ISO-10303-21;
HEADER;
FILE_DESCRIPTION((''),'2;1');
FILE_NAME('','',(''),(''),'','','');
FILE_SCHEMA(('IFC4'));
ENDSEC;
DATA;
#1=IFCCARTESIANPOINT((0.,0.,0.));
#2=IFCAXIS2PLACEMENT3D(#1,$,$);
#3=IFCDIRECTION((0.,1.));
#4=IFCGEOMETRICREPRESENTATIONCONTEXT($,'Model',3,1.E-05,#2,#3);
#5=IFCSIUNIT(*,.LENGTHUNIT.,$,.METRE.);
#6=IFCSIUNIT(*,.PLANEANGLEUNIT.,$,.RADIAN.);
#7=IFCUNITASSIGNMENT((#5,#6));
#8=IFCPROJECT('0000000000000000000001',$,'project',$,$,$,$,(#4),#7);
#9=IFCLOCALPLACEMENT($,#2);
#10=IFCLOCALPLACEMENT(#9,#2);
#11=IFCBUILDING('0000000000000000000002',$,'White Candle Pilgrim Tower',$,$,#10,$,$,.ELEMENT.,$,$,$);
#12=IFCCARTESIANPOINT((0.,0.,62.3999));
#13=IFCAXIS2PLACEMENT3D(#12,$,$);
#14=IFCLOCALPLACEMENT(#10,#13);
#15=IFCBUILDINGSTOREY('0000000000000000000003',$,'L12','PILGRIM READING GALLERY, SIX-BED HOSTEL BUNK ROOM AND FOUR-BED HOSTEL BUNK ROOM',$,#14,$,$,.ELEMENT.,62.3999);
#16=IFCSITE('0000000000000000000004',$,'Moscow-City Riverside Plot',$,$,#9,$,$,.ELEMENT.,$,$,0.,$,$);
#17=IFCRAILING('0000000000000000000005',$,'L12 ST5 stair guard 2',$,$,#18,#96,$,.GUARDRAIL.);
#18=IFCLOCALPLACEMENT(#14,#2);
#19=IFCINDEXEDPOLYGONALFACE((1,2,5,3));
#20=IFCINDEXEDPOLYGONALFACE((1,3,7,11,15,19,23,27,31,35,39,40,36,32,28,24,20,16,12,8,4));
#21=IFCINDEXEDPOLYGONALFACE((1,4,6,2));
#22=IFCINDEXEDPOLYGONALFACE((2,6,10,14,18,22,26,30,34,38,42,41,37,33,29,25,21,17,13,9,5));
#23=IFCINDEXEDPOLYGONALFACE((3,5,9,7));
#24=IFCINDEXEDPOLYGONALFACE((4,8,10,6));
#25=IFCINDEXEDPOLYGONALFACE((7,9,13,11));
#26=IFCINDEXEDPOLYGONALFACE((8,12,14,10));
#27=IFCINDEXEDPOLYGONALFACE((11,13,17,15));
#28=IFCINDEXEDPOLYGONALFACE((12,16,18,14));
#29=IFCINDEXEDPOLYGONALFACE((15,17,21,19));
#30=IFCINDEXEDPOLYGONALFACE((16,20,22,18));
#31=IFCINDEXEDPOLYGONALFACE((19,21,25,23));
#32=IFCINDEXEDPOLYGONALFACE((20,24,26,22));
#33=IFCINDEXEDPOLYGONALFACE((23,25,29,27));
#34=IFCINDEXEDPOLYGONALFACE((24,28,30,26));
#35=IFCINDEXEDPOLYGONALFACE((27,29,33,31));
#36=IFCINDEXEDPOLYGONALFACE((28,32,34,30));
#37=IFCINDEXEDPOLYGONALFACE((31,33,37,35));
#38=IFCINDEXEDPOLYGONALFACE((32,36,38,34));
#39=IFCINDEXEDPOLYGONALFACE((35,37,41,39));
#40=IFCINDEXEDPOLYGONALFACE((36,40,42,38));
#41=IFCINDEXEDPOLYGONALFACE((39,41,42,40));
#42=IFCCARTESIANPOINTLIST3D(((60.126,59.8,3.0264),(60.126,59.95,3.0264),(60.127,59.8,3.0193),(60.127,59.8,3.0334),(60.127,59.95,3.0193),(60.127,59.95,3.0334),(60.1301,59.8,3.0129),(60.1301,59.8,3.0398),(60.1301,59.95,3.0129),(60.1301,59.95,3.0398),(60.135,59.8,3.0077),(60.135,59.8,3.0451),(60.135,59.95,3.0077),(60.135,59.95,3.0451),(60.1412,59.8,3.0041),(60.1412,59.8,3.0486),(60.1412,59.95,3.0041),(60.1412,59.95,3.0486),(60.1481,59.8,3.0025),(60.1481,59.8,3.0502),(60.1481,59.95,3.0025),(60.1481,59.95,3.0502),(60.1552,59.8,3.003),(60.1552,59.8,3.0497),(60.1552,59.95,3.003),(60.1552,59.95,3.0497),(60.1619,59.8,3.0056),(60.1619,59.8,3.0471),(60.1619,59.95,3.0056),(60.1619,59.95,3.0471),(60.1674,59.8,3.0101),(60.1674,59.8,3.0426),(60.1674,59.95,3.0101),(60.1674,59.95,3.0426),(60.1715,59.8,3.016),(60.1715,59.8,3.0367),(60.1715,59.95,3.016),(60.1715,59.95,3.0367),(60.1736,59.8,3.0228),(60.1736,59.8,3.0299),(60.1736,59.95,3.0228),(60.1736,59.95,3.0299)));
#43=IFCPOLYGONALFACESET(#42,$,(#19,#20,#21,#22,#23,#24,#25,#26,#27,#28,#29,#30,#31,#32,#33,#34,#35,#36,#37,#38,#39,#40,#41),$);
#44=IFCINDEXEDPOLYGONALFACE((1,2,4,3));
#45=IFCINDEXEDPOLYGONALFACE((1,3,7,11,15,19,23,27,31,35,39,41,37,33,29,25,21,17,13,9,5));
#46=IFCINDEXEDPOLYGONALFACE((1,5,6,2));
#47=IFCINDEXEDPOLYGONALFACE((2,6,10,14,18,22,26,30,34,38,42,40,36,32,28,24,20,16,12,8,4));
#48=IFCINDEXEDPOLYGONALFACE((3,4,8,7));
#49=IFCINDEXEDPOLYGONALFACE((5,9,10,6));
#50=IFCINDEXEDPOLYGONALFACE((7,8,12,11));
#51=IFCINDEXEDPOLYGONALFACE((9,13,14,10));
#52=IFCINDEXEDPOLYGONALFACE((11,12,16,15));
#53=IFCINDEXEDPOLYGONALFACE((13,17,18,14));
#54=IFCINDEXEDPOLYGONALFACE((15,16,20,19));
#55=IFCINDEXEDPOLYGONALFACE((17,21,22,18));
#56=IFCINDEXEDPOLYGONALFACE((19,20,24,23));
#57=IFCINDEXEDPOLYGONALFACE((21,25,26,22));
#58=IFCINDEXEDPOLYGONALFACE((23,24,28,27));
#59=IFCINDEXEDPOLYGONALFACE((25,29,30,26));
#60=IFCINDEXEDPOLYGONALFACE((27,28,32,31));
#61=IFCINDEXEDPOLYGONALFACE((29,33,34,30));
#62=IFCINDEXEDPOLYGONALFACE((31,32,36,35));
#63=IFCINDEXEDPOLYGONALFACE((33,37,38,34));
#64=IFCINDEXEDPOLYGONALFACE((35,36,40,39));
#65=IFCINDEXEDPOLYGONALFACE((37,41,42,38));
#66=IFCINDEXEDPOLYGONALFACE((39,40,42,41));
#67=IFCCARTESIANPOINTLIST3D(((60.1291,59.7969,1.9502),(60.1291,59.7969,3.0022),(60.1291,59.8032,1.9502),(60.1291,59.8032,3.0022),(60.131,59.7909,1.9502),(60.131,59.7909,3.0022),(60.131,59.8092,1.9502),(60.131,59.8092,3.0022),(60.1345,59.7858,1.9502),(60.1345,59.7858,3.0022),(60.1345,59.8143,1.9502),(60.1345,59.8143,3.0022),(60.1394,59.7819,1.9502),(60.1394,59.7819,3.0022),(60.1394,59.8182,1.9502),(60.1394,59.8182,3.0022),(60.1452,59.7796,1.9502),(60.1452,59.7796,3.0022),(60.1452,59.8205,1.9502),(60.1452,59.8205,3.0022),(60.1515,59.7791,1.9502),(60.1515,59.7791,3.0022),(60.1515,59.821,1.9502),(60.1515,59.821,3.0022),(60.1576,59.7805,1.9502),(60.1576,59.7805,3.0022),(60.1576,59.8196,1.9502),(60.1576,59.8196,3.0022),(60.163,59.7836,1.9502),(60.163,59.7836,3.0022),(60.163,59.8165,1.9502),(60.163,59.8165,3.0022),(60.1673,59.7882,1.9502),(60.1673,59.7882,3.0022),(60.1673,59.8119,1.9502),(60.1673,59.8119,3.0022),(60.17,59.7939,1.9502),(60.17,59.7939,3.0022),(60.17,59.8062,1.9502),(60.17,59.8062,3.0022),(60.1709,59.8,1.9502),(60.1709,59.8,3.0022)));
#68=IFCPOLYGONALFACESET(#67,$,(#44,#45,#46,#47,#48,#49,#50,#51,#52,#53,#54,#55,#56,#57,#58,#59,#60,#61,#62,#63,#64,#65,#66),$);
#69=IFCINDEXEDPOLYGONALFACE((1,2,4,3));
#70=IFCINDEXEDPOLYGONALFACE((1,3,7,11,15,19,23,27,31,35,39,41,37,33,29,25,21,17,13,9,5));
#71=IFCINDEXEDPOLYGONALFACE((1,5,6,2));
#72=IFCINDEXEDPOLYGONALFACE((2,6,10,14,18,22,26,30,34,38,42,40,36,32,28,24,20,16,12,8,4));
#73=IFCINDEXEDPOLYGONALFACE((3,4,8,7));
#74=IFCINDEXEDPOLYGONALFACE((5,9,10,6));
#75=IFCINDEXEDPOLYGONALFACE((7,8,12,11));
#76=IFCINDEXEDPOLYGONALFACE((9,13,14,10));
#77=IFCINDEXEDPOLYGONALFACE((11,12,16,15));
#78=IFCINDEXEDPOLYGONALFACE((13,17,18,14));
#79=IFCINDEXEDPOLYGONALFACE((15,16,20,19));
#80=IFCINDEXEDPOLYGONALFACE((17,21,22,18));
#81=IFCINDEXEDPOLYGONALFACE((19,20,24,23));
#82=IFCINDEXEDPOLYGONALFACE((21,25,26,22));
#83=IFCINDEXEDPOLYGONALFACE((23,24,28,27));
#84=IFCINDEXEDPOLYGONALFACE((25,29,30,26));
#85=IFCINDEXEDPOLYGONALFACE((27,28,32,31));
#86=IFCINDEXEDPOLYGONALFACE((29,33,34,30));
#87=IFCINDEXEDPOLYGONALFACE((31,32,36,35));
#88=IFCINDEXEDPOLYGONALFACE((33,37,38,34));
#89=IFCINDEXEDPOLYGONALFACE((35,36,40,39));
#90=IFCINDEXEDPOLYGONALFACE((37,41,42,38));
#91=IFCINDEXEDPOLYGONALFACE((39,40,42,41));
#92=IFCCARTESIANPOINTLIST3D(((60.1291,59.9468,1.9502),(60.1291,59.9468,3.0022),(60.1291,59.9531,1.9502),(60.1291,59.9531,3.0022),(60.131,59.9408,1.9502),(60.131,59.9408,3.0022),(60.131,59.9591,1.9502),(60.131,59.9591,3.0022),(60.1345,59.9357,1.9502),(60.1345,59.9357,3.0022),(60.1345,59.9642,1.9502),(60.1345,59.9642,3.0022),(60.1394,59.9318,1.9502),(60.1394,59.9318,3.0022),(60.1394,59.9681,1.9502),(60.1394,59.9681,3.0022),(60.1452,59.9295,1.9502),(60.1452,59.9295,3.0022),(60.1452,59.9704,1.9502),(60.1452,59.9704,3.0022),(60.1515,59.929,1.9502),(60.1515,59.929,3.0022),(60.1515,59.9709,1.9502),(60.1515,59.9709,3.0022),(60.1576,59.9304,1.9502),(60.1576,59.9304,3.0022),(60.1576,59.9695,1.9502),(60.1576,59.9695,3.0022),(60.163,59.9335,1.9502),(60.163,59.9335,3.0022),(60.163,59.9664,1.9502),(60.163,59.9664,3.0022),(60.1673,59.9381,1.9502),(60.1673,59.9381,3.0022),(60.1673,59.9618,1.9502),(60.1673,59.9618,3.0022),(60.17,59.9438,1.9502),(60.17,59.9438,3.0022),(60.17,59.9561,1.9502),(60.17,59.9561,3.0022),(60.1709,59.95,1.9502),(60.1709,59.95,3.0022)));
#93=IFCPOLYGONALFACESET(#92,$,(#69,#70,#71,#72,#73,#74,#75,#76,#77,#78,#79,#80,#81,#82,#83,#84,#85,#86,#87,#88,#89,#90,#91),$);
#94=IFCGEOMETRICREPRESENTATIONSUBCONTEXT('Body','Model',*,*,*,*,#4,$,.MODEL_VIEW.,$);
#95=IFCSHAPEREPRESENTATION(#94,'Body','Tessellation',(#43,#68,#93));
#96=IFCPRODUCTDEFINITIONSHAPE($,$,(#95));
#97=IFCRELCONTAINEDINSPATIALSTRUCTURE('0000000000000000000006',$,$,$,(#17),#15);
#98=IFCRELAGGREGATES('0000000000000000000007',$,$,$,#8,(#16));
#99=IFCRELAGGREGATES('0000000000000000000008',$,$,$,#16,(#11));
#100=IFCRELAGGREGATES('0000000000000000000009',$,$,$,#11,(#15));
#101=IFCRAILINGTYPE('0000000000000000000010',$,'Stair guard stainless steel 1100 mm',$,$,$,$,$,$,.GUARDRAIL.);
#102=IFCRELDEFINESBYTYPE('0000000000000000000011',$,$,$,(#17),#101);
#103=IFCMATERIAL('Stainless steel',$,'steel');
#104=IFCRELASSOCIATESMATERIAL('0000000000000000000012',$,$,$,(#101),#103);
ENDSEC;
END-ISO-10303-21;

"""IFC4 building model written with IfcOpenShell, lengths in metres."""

from ifc_helpers import new_model, si_unit, direction, frame, origin, origin_2d, place, context, subcontext, project, spatial, circle, extrude, material, type_object, element, save


model = new_model("IFC4")

# Units and contexts
model_context = context("Model", 3, precision=1e-05, world=origin(), true_north=direction((0.0, 1.0)))
body_context = subcontext(model_context, "Body", "Model", "MODEL_VIEW")
ifc_project = project(units=[si_unit("LENGTHUNIT", "METRE"), si_unit("PLANEANGLEUNIT", "RADIAN")], contexts=[model_context])

# Site, building, storey
site_placement = place(None, origin())
site = spatial("IfcSite", under=ifc_project, at=site_placement, Name="Moscow-City Riverside Plot", CompositionType="ELEMENT", RefElevation=0.0)
building_placement = place(site_placement, origin())
building = spatial("IfcBuilding", under=site, at=building_placement, Name="White Candle Pilgrim Tower", CompositionType="ELEMENT")
storey_placement = place(building_placement, frame((0.0, 0.0, 62.3999)))
storey = spatial("IfcBuildingStorey", under=building, at=storey_placement, Name="L12", Description="PILGRIM READING GALLERY, SIX-BED HOSTEL BUNK ROOM AND FOUR-BED HOSTEL BUNK ROOM", CompositionType="ELEMENT", Elevation=62.3999)

# Railing
ifc_material_1 = material(Name="Stainless steel", Category="steel")
railing_type_1 = type_object("IfcRailingType", Name="Stair guard stainless steel 1100 mm", PredefinedType="GUARDRAIL", material=ifc_material_1)
railing_1_placement = place(storey_placement, frame((60.1499, 59.8, 1.9502)))
element("IfcRailing", 1, at=railing_1_placement, inside=storey, type_object=railing_type_1, Name="L12 ST5 stair guard 2", PredefinedType="GUARDRAIL", context=body_context, shape_type="SweptSolid", body=[
    extrude(circle(Radius=0.0239, at=origin_2d()), frame((0.0, 0.0, 1.0762), z_axis=(0.0, 1.0, 0.0), x_axis=(-1.0, 0.0, 0.0)), (0.0, 0.0, 1.0), 0.1499),
    extrude(circle(Radius=0.021, at=origin_2d()), origin(), (0.0, 0.0, 1.0), 1.052),
    extrude(circle(Radius=0.021, at=origin_2d()), frame((0.0, 0.1499, 0.0)), (0.0, 0.0, 1.0), 1.052),
])

save(model, "model.ifc")
